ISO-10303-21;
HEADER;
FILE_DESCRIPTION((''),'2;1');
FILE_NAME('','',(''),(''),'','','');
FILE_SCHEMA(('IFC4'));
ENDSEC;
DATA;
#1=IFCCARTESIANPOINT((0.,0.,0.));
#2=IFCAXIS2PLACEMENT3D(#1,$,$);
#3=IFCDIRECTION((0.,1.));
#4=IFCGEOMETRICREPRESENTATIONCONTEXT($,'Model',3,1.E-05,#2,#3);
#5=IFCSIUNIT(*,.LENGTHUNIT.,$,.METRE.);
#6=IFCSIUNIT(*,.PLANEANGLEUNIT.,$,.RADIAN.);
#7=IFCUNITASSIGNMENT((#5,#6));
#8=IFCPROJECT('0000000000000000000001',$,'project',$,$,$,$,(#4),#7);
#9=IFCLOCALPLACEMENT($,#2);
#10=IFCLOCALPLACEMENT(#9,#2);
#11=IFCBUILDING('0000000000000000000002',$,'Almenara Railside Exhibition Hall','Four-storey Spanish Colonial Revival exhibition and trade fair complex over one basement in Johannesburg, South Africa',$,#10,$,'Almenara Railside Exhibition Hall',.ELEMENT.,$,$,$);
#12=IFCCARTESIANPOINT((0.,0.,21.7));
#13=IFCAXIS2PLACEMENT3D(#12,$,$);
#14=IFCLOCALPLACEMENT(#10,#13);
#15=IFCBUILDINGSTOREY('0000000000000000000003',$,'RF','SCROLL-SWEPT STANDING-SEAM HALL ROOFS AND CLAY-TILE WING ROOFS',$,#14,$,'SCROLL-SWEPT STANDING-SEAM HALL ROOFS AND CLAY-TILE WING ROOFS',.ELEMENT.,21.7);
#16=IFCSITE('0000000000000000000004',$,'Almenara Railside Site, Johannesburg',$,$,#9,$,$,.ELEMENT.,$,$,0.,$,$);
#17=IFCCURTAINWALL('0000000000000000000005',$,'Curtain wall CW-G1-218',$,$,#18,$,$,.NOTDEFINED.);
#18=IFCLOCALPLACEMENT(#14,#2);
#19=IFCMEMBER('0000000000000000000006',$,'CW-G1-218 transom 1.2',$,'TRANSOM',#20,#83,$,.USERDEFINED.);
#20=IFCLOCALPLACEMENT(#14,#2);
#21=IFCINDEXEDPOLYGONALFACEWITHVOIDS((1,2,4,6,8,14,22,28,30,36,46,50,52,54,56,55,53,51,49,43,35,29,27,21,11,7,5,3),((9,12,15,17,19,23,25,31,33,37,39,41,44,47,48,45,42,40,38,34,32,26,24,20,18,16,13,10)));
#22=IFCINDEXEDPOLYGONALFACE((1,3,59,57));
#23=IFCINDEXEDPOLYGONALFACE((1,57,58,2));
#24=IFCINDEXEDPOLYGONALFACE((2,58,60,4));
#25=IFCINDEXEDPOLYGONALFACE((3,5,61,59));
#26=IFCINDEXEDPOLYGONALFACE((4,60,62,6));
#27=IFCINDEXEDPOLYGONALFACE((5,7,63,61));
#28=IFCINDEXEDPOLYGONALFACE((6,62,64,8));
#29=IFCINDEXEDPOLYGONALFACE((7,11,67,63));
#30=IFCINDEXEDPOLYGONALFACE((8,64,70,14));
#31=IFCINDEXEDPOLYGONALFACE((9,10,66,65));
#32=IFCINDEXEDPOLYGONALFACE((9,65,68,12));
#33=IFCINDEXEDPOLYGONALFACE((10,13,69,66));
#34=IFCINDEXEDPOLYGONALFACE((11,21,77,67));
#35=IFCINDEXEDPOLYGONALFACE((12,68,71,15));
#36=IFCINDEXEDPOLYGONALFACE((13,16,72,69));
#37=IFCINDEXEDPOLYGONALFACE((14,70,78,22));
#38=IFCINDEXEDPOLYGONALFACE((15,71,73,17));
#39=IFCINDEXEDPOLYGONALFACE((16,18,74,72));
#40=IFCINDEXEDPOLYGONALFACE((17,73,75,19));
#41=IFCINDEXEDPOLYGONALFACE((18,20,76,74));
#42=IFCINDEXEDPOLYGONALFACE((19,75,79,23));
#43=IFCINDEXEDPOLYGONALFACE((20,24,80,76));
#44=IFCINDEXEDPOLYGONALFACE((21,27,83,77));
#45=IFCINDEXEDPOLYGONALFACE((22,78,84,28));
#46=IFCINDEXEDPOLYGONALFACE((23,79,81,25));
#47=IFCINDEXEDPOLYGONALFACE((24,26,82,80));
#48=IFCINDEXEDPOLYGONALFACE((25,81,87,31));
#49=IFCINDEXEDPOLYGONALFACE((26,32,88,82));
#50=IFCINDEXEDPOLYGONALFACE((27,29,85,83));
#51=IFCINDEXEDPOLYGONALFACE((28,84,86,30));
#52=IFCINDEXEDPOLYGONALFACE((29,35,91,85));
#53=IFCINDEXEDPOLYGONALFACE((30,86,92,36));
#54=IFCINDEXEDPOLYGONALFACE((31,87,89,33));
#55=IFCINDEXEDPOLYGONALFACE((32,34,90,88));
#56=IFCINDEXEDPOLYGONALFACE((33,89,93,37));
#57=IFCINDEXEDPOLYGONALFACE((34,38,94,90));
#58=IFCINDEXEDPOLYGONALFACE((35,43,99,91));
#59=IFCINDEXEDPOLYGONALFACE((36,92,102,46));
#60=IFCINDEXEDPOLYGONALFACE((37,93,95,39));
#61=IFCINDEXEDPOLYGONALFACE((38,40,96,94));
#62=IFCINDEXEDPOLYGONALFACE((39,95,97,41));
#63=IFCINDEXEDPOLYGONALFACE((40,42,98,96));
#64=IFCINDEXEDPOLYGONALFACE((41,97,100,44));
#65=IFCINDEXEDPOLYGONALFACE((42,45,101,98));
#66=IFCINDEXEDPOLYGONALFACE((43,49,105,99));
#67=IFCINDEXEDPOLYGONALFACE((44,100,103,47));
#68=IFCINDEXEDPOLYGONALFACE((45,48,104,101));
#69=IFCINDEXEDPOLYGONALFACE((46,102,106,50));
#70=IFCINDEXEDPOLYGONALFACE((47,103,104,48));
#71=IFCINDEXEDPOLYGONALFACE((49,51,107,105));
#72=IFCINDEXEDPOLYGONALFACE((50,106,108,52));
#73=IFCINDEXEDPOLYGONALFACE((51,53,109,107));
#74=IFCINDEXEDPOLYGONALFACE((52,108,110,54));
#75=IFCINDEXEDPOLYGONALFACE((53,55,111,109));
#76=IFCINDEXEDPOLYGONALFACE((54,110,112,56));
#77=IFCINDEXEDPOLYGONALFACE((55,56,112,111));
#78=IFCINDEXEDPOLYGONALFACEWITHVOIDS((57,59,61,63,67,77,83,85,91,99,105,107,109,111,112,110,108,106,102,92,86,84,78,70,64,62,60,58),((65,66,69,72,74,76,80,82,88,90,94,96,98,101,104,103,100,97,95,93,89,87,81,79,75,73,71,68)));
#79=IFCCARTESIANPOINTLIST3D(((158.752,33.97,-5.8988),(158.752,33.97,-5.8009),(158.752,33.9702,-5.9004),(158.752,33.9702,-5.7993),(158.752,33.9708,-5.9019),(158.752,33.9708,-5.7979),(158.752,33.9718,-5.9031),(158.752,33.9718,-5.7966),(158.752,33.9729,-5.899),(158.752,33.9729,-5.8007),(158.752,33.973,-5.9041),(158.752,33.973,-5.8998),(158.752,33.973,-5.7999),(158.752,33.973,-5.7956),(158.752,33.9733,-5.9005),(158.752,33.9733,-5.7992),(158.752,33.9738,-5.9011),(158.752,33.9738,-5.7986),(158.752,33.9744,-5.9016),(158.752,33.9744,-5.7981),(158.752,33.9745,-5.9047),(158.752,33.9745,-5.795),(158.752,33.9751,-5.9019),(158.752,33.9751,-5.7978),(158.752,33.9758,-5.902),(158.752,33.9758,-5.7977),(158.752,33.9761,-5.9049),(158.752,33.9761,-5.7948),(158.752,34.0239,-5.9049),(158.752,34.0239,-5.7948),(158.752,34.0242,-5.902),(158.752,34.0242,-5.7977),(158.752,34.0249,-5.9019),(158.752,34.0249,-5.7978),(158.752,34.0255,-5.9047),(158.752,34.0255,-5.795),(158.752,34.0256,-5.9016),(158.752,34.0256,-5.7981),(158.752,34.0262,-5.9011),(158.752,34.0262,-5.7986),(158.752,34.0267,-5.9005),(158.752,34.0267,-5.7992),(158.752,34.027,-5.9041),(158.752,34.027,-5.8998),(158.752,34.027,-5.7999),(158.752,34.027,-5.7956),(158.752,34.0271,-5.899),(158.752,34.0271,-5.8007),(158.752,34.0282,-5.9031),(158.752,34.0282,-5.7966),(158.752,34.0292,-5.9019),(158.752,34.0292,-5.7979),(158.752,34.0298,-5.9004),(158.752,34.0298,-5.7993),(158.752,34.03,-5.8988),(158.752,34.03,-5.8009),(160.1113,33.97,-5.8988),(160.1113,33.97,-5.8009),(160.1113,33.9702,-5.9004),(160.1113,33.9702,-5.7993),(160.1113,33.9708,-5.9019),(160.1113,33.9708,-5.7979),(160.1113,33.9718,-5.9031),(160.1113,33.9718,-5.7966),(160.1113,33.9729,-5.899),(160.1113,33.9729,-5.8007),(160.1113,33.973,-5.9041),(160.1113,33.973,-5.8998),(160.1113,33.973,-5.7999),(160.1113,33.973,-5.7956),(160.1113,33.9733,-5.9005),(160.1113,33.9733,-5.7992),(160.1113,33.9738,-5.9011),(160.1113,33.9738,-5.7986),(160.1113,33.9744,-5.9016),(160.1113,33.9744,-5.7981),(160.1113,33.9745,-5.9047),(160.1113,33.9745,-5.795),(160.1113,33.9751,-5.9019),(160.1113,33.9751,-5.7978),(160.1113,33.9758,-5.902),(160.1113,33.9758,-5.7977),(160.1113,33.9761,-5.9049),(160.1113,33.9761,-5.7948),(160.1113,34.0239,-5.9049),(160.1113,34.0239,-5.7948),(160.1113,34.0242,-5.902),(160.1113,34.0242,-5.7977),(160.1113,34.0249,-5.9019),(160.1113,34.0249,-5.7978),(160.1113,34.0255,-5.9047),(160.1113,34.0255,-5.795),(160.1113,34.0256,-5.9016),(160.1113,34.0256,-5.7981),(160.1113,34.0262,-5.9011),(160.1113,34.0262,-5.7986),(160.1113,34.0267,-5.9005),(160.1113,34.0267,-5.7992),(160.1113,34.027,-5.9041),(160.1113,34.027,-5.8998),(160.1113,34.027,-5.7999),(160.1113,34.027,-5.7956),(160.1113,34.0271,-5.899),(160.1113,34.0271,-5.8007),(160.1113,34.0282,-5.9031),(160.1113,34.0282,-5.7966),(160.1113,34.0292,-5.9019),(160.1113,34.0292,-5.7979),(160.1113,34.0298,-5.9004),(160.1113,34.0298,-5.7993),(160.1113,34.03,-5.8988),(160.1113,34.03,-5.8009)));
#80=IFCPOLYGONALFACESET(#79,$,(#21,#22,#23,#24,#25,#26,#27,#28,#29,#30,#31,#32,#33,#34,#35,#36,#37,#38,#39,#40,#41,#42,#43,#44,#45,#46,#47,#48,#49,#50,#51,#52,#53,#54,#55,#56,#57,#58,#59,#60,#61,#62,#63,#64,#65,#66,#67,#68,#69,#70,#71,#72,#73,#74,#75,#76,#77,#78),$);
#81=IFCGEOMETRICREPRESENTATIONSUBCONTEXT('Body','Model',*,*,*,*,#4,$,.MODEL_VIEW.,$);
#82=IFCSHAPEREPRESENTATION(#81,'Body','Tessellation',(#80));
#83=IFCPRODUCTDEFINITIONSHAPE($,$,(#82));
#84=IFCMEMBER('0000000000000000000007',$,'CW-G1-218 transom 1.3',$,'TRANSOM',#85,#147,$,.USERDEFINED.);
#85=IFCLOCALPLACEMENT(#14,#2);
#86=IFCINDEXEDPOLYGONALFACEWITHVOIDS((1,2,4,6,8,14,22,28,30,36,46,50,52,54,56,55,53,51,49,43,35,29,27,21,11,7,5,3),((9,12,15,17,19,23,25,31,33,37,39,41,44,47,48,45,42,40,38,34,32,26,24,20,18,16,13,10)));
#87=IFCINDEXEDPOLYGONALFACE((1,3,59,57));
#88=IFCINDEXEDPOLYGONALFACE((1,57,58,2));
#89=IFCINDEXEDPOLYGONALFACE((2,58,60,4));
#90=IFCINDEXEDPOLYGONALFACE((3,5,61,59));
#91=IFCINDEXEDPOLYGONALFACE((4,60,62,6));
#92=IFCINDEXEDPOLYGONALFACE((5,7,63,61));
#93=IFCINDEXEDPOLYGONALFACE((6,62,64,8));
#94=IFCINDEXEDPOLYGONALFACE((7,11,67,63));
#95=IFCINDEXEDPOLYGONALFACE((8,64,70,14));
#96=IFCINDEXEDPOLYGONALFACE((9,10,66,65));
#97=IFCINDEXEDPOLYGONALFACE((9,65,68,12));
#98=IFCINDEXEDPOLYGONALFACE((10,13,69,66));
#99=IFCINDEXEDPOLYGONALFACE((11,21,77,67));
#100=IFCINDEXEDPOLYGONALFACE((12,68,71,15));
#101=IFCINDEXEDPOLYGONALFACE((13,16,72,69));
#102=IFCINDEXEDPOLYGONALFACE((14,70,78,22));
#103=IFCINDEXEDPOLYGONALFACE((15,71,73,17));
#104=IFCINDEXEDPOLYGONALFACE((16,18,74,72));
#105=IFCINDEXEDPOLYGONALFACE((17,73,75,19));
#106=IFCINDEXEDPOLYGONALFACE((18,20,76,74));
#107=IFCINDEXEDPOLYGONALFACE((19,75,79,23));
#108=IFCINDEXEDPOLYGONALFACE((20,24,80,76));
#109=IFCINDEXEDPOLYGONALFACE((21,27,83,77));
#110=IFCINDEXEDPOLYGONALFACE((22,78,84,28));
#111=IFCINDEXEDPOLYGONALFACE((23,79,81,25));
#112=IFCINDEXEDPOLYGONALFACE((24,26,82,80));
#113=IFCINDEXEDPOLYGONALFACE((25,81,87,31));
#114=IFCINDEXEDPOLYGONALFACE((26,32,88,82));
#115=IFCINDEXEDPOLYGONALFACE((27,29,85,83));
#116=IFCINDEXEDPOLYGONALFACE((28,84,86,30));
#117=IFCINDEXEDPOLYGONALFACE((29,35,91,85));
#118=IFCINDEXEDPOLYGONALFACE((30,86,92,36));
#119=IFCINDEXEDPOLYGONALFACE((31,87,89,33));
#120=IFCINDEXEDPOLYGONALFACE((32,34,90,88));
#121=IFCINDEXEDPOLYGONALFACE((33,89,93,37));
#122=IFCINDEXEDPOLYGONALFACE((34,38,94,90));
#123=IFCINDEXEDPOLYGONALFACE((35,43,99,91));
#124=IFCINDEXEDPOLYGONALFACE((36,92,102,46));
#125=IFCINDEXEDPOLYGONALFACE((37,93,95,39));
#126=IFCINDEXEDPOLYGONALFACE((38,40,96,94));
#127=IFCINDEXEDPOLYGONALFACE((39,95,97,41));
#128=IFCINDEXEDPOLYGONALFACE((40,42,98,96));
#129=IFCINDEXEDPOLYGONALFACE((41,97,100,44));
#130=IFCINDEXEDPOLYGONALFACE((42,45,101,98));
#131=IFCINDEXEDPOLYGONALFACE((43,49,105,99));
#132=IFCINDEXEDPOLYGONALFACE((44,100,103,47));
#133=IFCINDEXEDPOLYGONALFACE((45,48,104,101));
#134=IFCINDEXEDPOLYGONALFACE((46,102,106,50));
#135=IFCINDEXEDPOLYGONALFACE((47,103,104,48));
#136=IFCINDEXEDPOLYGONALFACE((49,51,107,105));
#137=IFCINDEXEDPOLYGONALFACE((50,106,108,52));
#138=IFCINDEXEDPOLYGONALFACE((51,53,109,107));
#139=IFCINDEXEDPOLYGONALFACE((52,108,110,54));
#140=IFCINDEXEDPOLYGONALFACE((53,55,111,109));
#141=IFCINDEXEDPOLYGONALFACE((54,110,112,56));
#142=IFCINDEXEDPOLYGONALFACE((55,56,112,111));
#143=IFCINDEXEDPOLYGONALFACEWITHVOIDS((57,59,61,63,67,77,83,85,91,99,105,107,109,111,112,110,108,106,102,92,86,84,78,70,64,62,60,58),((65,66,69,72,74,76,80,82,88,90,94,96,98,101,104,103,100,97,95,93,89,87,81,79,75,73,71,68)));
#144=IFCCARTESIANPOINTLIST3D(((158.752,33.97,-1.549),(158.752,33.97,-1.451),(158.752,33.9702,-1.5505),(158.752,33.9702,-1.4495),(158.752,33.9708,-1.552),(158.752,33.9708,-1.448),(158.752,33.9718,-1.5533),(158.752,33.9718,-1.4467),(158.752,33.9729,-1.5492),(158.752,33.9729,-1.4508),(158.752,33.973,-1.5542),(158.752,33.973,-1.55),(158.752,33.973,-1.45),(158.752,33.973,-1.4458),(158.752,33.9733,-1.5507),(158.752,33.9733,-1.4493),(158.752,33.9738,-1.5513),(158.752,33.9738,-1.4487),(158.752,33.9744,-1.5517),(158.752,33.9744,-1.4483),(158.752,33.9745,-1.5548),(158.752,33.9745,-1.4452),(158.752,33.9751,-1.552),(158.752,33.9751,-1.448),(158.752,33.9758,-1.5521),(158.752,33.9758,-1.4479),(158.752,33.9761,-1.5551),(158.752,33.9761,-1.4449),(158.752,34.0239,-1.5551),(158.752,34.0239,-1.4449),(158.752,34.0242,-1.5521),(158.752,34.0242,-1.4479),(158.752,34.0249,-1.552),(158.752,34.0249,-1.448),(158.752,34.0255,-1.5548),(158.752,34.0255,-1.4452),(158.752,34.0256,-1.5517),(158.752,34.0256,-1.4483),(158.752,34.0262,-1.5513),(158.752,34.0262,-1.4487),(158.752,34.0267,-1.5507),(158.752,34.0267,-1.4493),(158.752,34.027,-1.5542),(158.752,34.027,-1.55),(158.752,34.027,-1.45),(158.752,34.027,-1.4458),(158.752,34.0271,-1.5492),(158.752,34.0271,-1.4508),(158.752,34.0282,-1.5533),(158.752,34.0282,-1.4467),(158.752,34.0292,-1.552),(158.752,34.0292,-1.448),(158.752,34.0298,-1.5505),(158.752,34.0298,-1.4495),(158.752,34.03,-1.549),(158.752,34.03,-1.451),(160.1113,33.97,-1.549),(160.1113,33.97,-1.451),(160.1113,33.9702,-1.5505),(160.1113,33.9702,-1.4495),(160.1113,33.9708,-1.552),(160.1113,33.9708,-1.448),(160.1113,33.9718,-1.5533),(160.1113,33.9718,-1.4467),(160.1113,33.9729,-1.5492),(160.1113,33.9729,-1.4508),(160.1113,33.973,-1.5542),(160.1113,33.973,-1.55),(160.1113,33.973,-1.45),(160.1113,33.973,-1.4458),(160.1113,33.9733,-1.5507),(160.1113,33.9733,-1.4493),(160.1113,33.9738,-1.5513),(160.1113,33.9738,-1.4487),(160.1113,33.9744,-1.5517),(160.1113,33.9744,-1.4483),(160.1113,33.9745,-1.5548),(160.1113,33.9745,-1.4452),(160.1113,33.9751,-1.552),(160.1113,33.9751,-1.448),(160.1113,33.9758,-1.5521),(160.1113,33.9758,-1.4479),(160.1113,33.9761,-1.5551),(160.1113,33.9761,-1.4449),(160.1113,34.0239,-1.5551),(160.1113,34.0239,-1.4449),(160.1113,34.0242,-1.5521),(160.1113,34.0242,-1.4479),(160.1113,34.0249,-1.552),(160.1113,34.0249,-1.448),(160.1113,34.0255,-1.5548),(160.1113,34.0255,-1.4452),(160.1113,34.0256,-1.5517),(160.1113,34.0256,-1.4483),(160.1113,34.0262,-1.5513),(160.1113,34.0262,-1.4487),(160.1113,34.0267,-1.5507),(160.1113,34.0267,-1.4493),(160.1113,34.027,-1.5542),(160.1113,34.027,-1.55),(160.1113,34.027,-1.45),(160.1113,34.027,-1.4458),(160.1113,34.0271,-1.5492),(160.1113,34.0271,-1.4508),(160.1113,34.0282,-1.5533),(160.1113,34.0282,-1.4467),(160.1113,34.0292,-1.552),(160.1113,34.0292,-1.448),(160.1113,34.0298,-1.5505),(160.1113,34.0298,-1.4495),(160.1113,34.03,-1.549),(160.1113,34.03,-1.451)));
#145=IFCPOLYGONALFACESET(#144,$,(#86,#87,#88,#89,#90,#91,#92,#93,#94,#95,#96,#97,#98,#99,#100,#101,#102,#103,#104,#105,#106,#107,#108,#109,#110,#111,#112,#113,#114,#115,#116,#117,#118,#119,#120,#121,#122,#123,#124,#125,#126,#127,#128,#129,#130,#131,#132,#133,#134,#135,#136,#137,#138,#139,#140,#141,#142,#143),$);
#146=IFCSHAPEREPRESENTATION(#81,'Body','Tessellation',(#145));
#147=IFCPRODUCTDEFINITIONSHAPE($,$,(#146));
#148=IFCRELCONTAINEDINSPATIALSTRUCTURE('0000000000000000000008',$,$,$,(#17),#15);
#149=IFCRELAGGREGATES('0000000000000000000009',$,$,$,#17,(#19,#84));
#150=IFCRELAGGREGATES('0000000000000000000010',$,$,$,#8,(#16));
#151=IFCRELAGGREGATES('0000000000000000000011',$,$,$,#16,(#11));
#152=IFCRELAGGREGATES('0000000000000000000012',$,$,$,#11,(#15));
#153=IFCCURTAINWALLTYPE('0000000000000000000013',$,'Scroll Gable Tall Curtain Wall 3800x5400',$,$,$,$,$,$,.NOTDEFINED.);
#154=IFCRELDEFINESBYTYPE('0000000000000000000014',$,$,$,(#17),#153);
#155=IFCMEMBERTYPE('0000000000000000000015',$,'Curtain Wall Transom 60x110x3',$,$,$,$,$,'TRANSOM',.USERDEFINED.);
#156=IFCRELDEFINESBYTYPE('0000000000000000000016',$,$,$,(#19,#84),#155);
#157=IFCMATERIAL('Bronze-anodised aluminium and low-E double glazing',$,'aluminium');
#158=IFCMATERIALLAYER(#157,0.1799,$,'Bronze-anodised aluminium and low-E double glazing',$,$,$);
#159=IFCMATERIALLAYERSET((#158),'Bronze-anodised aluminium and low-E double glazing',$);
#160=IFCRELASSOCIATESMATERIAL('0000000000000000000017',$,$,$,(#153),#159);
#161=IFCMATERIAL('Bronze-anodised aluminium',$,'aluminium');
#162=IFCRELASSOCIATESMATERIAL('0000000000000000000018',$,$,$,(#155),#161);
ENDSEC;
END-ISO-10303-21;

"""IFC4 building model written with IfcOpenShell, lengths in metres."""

from ifc_helpers import new_model, si_unit, direction, frame, origin, origin_2d, place, context, subcontext, project, spatial, hollow_rectangle, extrude, material, layer, layer_set, material_profile, profile_set, type_object, element, aggregate, save


model = new_model("IFC4")

# Units and contexts
model_context = context("Model", 3, precision=1e-05, world=origin(), true_north=direction((0.0, 1.0)))
body_context = subcontext(model_context, "Body", "Model", "MODEL_VIEW")
ifc_project = project(units=[si_unit("LENGTHUNIT", "METRE"), si_unit("PLANEANGLEUNIT", "RADIAN")], contexts=[model_context])

# Site, building, storey
site_placement = place(None, origin())
site = spatial("IfcSite", under=ifc_project, at=site_placement, Name="Almenara Railside Site, Johannesburg", CompositionType="ELEMENT", RefElevation=0.0)
building_placement = place(site_placement, origin())
building = spatial("IfcBuilding", under=site, at=building_placement, Name="Almenara Railside Exhibition Hall", Description="Four-storey Spanish Colonial Revival exhibition and trade fair complex over one basement in Johannesburg, South Africa", LongName="Almenara Railside Exhibition Hall", CompositionType="ELEMENT")
storey_placement = place(building_placement, frame((0.0, 0.0, 21.7)))
storey = spatial("IfcBuildingStorey", under=building, at=storey_placement, Name="RF", Description="SCROLL-SWEPT STANDING-SEAM HALL ROOFS AND CLAY-TILE WING ROOFS", LongName="SCROLL-SWEPT STANDING-SEAM HALL ROOFS AND CLAY-TILE WING ROOFS", CompositionType="ELEMENT", Elevation=21.7)

# Curtain wall
ifc_material_1 = material(Name="Bronze-anodised aluminium and low-E double glazing", Category="aluminium")
ifc_layer_1 = layer(ifc_material_1, 0.1799, Name="Bronze-anodised aluminium and low-E double glazing")
ifc_layer_set_1 = layer_set([ifc_layer_1], Name="Bronze-anodised aluminium and low-E double glazing")
curtain_wall_type = type_object("IfcCurtainWallType", Name="Scroll Gable Tall Curtain Wall 3800x5400", PredefinedType="NOTDEFINED", material=ifc_layer_set_1)
curtain_wall_1_placement = place(storey_placement, origin())
curtain_wall_1 = element("IfcCurtainWall", 1, at=curtain_wall_1_placement, inside=storey, type_object=curtain_wall_type, Name="Curtain wall CW-G1-218", PredefinedType="NOTDEFINED")
ifc_material_2 = material(Name="Bronze-anodised aluminium", Category="aluminium")

# Members
ifc_material_profile_1 = material_profile(ifc_material_2, hollow_rectangle(XDim=0.0601, YDim=0.1101, WallThickness=0.0029, InnerFilletRadius=0.0029, OuterFilletRadius=0.0061, at=origin_2d()), Name="ALU-TRN 60x110x3")
ifc_profile_set_1 = profile_set([ifc_material_profile_1], Name="Bronze-anodised aluminium")
member_type_1 = type_object("IfcMemberType", Name="Curtain Wall Transom 60x110x3", ElementType="TRANSOM", PredefinedType="USERDEFINED", material=ifc_profile_set_1)
member_1_placement = place(storey_placement, frame((158.752, 34.0, -5.8499), z_axis=(1.0, 0.0, 0.0), x_axis=(0.0, 1.0, 0.0)))
member_1 = element("IfcMember", 2, at=member_1_placement, type_object=member_type_1, Name="CW-G1-218 transom 1.2", ObjectType="TRANSOM", PredefinedType="USERDEFINED", context=body_context, shape_type="SweptSolid", body=[
    extrude(hollow_rectangle(XDim=0.0601, YDim=0.1101, WallThickness=0.0029, InnerFilletRadius=0.0029, OuterFilletRadius=0.0061, at=origin_2d()), origin(), (0.0, 0.0, 1.0), 1.3594),
])
member_2_placement = place(storey_placement, frame((158.752, 34.0, -1.5), z_axis=(1.0, 0.0, 0.0), x_axis=(0.0, 1.0, 0.0)))
member_2 = element("IfcMember", 3, at=member_2_placement, type_object=member_type_1, Name="CW-G1-218 transom 1.3", ObjectType="TRANSOM", PredefinedType="USERDEFINED", context=body_context, shape_type="SweptSolid", body=[
    extrude(hollow_rectangle(XDim=0.0601, YDim=0.1101, WallThickness=0.0029, InnerFilletRadius=0.0029, OuterFilletRadius=0.0061, at=origin_2d()), origin(), (0.0, 0.0, 1.0), 1.3594),
])

aggregate(curtain_wall_1, [member_1, member_2])

save(model, "model.ifc")
